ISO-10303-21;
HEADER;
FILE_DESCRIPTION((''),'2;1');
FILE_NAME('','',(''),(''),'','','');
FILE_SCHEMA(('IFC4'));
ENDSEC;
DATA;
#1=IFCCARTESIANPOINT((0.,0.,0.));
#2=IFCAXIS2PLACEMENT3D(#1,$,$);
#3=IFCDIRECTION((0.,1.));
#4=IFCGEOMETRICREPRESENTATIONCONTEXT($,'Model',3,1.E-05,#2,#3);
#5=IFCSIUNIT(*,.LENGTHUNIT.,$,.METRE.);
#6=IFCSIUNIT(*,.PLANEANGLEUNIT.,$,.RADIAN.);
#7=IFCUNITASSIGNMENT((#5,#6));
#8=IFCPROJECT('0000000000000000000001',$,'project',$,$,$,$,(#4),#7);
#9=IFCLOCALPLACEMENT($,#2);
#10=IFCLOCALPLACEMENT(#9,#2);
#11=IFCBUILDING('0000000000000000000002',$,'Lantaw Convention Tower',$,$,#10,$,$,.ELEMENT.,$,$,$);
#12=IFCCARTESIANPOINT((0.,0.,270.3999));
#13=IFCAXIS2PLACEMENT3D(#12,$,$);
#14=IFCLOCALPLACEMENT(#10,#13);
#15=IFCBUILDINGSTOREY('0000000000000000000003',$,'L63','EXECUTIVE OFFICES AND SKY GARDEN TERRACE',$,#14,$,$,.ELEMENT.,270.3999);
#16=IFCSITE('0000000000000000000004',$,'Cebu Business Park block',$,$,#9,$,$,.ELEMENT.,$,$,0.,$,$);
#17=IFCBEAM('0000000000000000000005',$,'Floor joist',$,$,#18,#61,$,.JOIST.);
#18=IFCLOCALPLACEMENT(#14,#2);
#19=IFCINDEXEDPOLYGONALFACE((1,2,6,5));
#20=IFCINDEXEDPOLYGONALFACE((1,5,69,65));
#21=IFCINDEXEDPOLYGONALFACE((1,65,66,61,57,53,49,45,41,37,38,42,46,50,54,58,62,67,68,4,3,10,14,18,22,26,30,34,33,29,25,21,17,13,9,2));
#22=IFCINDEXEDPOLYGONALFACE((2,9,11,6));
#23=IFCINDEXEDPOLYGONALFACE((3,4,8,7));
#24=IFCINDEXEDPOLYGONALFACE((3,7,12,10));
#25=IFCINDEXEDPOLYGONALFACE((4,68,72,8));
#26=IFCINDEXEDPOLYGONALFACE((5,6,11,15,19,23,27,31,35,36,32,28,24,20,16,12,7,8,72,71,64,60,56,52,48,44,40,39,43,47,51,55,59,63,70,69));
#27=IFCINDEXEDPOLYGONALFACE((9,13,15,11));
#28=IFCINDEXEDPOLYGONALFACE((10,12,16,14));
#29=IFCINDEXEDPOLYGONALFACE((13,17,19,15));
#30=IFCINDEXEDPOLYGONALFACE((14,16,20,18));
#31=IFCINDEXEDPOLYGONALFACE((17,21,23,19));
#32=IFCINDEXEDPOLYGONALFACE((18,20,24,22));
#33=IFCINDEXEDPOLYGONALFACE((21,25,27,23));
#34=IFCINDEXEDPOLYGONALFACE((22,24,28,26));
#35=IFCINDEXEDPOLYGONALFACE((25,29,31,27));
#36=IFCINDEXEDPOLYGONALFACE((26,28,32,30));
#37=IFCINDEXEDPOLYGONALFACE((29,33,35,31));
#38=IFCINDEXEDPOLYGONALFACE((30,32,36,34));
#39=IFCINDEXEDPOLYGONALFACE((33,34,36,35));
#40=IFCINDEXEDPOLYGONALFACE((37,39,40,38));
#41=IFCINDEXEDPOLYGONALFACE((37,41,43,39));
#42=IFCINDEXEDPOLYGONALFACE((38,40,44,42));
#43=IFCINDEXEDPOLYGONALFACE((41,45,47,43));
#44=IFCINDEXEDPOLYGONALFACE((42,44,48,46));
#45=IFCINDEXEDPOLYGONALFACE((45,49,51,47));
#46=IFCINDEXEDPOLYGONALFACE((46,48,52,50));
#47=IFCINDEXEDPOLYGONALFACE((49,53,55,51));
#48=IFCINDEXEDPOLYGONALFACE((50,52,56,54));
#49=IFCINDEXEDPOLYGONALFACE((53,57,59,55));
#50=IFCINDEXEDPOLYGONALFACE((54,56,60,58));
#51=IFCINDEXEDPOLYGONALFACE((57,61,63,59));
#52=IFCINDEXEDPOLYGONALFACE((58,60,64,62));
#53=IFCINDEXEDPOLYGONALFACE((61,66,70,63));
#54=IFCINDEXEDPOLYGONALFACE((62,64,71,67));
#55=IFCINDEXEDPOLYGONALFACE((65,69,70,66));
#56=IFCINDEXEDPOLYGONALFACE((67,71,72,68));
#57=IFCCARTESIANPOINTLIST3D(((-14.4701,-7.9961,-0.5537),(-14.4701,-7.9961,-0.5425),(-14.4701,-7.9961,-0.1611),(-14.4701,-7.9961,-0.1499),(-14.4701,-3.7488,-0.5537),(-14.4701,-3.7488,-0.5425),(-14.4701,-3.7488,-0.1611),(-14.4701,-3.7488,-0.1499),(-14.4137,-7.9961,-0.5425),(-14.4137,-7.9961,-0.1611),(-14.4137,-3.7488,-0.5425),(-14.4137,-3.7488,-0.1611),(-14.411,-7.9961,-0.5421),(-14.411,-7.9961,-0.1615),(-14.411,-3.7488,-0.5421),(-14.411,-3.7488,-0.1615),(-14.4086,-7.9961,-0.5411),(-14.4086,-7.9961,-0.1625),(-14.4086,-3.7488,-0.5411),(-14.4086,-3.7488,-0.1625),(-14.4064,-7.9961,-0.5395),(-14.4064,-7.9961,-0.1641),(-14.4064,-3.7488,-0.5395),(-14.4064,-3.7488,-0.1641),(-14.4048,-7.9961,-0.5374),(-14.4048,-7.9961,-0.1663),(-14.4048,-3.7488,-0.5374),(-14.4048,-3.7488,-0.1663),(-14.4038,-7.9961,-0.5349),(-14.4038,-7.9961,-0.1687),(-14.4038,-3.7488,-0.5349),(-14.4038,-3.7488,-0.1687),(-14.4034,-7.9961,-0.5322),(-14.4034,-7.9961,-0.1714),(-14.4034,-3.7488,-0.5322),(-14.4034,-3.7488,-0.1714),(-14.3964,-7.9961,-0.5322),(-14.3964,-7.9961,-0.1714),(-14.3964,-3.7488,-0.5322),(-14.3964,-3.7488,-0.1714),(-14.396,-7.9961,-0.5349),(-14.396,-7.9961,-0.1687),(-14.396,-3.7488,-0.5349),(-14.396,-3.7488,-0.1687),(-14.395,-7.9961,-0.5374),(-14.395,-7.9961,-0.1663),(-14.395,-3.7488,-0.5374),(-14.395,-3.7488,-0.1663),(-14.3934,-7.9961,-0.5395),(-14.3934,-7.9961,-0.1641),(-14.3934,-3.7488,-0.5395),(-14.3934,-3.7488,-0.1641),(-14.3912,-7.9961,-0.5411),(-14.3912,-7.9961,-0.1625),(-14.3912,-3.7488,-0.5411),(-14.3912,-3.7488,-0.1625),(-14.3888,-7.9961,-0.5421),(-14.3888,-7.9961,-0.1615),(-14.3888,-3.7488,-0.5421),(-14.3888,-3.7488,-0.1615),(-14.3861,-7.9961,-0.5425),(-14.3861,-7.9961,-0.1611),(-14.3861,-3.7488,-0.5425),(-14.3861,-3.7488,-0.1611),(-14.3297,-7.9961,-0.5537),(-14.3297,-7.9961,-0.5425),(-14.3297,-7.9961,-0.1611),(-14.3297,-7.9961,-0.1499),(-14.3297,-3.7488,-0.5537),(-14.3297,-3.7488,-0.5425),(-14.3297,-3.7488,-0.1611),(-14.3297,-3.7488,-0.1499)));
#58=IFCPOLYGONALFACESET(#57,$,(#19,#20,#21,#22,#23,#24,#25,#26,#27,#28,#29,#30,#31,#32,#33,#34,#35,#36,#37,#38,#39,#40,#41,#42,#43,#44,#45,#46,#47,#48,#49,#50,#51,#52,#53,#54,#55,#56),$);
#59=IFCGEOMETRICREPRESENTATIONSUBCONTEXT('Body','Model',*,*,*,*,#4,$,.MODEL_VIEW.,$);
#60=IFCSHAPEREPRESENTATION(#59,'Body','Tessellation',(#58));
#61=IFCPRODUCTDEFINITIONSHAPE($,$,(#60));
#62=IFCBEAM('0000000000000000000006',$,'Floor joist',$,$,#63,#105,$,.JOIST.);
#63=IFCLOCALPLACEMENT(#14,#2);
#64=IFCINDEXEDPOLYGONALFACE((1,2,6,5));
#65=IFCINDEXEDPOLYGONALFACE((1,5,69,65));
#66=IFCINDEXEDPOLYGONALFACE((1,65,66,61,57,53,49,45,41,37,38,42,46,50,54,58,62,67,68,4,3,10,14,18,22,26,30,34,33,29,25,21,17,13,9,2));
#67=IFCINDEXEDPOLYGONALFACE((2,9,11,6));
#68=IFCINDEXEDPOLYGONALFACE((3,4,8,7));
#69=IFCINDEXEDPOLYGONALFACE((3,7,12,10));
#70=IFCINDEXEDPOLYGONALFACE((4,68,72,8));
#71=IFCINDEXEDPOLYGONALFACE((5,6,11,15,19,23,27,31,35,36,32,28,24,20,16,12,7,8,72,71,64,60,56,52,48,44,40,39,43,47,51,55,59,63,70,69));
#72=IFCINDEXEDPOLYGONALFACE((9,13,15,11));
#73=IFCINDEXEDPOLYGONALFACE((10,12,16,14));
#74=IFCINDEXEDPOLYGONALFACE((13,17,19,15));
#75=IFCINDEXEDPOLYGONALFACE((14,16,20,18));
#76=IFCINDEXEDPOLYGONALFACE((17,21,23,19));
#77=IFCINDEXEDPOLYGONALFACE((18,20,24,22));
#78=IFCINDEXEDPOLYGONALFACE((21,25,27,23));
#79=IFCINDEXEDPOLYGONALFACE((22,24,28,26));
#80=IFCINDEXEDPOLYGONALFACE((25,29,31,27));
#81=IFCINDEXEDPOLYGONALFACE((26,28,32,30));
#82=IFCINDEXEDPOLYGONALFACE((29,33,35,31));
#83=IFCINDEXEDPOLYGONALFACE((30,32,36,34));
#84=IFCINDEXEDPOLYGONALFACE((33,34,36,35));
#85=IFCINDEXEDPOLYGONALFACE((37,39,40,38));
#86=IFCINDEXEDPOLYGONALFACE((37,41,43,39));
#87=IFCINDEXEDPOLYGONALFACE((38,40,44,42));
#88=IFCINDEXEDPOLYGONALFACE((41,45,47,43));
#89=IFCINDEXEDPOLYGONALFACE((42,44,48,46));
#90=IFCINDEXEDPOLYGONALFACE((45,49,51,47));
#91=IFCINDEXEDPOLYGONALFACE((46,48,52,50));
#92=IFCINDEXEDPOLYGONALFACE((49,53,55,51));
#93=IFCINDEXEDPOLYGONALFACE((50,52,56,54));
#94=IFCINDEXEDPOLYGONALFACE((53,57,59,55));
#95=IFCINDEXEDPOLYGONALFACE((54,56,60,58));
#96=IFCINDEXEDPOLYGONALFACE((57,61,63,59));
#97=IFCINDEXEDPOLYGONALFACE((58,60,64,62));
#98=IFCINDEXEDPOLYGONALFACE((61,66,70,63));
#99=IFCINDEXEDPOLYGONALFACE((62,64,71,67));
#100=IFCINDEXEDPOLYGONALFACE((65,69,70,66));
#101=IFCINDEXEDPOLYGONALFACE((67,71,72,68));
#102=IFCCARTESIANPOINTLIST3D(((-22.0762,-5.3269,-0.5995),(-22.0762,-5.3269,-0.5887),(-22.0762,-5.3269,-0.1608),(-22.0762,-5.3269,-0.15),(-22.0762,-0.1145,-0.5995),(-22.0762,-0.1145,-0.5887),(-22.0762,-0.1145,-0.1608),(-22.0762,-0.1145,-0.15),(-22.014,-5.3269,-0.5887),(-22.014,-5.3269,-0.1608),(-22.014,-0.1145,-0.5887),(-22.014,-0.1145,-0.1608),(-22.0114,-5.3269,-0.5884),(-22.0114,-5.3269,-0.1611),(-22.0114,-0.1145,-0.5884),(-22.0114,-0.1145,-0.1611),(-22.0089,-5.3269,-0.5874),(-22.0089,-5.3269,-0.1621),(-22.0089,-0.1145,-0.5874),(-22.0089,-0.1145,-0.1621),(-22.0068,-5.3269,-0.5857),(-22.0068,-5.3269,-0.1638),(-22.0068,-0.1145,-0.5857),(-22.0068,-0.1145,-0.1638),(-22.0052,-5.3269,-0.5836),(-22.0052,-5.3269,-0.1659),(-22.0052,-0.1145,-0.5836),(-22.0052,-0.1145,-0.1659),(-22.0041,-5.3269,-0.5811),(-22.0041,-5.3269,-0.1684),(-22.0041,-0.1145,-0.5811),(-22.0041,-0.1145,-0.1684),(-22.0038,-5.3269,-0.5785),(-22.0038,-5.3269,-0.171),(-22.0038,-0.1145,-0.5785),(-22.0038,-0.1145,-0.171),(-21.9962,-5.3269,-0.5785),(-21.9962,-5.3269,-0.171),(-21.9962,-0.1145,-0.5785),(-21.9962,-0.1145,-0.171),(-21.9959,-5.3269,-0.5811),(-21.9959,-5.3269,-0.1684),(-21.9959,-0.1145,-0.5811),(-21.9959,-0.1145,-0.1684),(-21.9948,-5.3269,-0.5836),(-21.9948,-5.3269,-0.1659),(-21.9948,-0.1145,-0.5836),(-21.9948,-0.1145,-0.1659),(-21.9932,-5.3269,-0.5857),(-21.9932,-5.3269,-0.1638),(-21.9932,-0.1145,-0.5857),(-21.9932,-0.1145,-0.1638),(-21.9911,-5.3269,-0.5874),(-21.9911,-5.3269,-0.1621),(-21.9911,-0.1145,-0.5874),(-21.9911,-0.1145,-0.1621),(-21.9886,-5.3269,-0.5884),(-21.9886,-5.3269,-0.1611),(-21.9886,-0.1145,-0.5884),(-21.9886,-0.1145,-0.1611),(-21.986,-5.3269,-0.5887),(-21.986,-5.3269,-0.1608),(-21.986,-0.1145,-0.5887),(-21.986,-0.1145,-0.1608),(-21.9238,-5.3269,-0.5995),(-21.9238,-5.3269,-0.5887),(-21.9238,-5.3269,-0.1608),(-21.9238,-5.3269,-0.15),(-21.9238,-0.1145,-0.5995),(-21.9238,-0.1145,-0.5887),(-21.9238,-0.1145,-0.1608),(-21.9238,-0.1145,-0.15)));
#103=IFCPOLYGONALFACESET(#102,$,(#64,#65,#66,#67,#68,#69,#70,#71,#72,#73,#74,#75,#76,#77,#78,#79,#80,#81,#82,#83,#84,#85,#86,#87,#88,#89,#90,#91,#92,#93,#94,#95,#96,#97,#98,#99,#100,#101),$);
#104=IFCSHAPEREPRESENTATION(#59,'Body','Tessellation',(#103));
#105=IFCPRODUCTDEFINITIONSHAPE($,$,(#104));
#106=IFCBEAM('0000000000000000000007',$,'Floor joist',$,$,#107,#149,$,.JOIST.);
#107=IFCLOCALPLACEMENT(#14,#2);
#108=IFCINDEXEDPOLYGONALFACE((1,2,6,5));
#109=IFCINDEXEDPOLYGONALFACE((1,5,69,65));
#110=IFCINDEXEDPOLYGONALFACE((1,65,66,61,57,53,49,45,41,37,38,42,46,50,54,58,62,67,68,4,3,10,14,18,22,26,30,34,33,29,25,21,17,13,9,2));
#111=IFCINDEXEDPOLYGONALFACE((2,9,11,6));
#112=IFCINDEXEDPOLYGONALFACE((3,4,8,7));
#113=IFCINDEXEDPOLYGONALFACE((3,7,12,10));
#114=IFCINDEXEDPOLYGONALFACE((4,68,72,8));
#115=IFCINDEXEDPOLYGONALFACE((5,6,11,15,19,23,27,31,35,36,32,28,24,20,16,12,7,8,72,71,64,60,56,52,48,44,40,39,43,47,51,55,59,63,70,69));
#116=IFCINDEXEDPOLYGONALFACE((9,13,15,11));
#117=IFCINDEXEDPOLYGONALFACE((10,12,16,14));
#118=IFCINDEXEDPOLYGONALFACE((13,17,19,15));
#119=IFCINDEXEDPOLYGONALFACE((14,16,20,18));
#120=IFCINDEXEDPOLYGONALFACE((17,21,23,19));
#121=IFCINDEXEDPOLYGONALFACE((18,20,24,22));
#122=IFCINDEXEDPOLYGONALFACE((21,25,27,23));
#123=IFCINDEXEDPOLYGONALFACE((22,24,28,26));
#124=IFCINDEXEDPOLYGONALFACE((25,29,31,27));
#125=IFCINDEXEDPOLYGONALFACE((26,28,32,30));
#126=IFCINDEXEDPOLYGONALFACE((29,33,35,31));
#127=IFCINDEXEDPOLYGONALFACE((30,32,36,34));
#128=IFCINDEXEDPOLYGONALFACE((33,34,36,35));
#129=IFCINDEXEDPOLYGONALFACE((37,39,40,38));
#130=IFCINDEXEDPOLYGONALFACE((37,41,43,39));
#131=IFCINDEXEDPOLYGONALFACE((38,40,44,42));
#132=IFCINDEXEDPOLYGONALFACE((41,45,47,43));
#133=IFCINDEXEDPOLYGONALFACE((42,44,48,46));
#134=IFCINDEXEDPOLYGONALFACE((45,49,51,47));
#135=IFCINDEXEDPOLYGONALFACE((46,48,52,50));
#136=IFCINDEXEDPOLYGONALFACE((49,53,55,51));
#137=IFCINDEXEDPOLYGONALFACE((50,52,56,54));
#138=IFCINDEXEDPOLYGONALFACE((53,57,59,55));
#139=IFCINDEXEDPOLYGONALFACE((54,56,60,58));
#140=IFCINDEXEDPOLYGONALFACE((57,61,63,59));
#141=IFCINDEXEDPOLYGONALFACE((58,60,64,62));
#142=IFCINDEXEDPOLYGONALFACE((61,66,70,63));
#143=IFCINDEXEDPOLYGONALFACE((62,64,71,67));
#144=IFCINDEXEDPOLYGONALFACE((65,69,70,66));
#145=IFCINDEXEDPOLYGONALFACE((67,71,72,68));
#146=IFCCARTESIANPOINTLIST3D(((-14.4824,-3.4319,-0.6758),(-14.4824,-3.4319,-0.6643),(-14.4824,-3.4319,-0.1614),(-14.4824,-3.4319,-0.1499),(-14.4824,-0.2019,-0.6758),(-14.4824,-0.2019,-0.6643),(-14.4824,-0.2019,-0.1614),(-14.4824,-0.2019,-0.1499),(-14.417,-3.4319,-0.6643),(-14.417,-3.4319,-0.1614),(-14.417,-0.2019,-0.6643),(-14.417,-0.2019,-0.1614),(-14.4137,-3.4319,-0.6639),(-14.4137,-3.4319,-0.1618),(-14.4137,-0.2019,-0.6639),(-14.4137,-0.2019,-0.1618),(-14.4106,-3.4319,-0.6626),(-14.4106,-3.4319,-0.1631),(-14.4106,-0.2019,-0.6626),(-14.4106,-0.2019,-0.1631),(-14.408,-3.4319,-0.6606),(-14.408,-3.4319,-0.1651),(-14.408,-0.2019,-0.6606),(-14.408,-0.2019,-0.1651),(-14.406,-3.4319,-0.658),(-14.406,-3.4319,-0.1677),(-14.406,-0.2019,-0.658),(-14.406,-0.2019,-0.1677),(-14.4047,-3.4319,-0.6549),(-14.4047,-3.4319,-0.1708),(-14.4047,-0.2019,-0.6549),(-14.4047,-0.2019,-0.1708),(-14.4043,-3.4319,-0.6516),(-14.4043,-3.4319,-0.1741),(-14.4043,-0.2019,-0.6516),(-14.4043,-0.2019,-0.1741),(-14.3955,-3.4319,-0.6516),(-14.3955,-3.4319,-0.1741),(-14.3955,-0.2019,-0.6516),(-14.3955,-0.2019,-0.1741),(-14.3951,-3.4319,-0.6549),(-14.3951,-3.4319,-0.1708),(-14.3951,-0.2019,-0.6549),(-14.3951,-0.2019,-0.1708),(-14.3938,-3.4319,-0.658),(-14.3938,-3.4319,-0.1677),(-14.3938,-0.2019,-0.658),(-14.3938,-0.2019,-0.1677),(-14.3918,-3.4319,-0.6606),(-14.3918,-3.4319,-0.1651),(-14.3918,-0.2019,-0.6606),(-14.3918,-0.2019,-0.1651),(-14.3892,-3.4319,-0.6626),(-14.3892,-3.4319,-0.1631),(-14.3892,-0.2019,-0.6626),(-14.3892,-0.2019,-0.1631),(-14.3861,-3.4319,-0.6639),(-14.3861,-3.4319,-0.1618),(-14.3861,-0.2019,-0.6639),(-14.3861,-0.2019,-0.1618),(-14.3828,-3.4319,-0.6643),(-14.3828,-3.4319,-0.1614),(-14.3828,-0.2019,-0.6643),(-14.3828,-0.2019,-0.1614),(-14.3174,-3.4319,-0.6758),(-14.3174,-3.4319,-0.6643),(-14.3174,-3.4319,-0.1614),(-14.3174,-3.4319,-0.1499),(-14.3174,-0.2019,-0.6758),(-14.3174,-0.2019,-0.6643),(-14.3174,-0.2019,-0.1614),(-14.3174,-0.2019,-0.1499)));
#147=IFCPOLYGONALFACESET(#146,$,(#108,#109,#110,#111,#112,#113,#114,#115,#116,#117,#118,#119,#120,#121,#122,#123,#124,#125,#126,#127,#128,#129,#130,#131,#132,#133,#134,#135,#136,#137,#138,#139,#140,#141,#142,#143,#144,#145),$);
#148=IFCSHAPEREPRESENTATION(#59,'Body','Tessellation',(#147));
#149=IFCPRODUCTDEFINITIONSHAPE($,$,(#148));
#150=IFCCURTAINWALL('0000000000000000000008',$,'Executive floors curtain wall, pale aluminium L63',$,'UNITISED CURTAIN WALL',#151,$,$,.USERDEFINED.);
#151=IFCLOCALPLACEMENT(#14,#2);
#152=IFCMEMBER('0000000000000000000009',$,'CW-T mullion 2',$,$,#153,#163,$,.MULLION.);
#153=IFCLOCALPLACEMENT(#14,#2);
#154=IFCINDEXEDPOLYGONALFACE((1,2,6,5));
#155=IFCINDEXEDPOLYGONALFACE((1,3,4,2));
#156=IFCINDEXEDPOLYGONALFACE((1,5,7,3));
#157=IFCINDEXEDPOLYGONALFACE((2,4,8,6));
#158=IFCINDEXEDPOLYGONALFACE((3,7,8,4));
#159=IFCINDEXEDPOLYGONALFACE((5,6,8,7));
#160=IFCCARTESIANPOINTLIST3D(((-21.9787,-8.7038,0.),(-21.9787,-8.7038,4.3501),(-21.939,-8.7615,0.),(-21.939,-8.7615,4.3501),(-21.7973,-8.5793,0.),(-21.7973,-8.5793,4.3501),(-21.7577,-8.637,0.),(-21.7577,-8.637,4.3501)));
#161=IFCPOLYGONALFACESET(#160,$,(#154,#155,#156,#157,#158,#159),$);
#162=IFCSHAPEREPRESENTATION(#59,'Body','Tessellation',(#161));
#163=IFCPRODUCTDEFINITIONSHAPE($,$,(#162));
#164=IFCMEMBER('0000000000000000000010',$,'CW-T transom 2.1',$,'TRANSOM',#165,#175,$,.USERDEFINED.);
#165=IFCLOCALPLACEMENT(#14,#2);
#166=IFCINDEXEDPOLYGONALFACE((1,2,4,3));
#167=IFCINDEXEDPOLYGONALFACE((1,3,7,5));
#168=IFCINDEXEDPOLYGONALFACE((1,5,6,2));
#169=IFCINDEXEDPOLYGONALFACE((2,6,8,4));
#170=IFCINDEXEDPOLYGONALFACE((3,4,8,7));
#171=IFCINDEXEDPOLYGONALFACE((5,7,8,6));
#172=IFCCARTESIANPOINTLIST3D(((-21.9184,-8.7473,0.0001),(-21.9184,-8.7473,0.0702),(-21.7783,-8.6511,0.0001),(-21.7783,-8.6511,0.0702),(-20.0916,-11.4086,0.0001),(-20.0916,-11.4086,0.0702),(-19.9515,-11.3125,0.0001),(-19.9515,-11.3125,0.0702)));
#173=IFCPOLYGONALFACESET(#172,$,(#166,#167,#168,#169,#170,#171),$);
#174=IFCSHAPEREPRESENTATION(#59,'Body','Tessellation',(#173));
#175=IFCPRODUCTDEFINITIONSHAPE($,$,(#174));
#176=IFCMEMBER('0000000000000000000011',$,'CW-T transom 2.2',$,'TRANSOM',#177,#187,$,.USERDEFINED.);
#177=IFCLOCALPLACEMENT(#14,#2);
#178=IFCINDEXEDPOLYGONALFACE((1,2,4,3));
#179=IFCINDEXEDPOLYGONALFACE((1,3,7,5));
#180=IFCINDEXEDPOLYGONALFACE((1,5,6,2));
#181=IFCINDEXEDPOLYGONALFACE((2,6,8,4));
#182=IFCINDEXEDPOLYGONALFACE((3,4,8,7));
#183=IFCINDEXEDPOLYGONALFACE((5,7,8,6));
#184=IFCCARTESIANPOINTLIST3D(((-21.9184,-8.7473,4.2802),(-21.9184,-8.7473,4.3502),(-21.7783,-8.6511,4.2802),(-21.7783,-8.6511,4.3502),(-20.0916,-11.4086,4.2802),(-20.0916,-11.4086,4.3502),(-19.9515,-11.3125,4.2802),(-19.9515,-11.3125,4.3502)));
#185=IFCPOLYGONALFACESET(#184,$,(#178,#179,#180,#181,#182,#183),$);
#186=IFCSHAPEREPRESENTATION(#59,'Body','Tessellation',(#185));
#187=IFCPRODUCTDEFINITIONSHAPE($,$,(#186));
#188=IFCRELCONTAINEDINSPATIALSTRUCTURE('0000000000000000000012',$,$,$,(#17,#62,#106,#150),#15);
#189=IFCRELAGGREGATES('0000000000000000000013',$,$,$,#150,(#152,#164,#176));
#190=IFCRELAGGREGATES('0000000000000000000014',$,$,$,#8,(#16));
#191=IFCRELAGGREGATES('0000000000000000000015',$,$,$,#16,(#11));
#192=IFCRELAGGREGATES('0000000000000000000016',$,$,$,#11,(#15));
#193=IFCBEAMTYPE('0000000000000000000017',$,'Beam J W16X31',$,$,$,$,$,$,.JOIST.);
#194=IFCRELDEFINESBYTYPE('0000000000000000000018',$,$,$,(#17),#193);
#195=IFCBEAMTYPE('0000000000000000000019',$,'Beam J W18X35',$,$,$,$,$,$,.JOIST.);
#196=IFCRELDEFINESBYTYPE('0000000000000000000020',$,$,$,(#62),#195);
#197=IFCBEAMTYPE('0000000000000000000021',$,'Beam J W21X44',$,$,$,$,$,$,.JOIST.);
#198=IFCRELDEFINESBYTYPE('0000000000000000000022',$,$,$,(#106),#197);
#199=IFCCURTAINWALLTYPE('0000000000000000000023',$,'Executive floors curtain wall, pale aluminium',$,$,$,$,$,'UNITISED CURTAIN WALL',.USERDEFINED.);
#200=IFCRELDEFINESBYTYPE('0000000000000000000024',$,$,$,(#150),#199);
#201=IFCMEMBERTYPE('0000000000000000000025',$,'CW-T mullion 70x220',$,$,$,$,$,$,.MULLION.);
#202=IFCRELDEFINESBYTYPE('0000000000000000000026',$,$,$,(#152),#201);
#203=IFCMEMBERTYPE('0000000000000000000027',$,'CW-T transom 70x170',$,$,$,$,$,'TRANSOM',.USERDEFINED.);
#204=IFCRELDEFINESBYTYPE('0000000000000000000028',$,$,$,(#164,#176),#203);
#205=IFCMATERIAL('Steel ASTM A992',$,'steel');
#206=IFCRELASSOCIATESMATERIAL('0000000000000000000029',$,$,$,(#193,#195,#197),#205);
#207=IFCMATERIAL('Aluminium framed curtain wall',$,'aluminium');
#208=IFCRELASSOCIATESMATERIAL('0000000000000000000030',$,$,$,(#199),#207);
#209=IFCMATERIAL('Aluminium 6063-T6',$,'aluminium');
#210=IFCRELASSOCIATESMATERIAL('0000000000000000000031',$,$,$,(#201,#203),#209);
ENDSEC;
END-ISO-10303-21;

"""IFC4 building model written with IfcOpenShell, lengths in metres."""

from ifc_helpers import new_model, si_unit, direction, frame, origin, origin_2d, place, context, subcontext, project, spatial, rectangle, i_section, extrude, material, material_profile, profile_set, type_object, element, aggregate, save


model = new_model("IFC4")

# Units and contexts
model_context = context("Model", 3, precision=1e-05, world=origin(), true_north=direction((0.0, 1.0)))
body_context = subcontext(model_context, "Body", "Model", "MODEL_VIEW")
ifc_project = project(units=[si_unit("LENGTHUNIT", "METRE"), si_unit("PLANEANGLEUNIT", "RADIAN")], contexts=[model_context])

# Site, building, storey
site_placement = place(None, origin())
site = spatial("IfcSite", under=ifc_project, at=site_placement, Name="Cebu Business Park block", CompositionType="ELEMENT", RefElevation=0.0)
building_placement = place(site_placement, origin())
building = spatial("IfcBuilding", under=site, at=building_placement, Name="Lantaw Convention Tower", CompositionType="ELEMENT")
storey_placement = place(building_placement, frame((0.0, 0.0, 270.3999)))
storey = spatial("IfcBuildingStorey", under=building, at=storey_placement, Name="L63", Description="EXECUTIVE OFFICES AND SKY GARDEN TERRACE", CompositionType="ELEMENT", Elevation=270.3999)

# Beams
ifc_material_1 = material(Name="Steel ASTM A992", Category="steel")
ifc_material_profile_1 = material_profile(ifc_material_1, i_section(OverallWidth=0.1404, OverallDepth=0.4038, WebThickness=0.0071, FlangeThickness=0.0112, FilletRadius=0.0103, at=origin_2d()), Name="W16X31")
ifc_profile_set_1 = profile_set([ifc_material_profile_1], Name="Steel ASTM A992")
beam_type_1 = type_object("IfcBeamType", Name="Beam J W16X31", PredefinedType="JOIST", material=ifc_profile_set_1)
beam_1_placement = place(storey_placement, frame((-14.3999, -7.9961, -0.3518), z_axis=(0.0, 1.0, 0.0), x_axis=(-1.0, 0.0, 0.0)))
element("IfcBeam", 1, at=beam_1_placement, inside=storey, type_object=beam_type_1, Name="Floor joist", PredefinedType="JOIST", context=body_context, shape_type="SweptSolid", body=[
    extrude(i_section(OverallWidth=0.1404, OverallDepth=0.4038, WebThickness=0.0071, FlangeThickness=0.0112, FilletRadius=0.0103, at=origin_2d()), origin(), (0.0, 0.0, 1.0), 4.2473),
])
ifc_material_profile_2 = material_profile(ifc_material_1, i_section(OverallWidth=0.1523, OverallDepth=0.4495, WebThickness=0.0076, FlangeThickness=0.0107, FilletRadius=0.0103, at=origin_2d()), Name="W18X35")
ifc_profile_set_2 = profile_set([ifc_material_profile_2], Name="Steel ASTM A992")
beam_type_2 = type_object("IfcBeamType", Name="Beam J W18X35", PredefinedType="JOIST", material=ifc_profile_set_2)
beam_2_placement = place(storey_placement, frame((-22.0, -5.3269, -0.3748), z_axis=(0.0, 1.0, 0.0), x_axis=(-1.0, 0.0, 0.0)))
element("IfcBeam", 2, at=beam_2_placement, inside=storey, type_object=beam_type_2, Name="Floor joist", PredefinedType="JOIST", context=body_context, shape_type="SweptSolid", body=[
    extrude(i_section(OverallWidth=0.1523, OverallDepth=0.4495, WebThickness=0.0076, FlangeThickness=0.0107, FilletRadius=0.0103, at=origin_2d()), origin(), (0.0, 0.0, 1.0), 5.2124),
])
ifc_material_profile_3 = material_profile(ifc_material_1, i_section(OverallWidth=0.165, OverallDepth=0.5259, WebThickness=0.0088, FlangeThickness=0.0115, FilletRadius=0.0127, at=origin_2d()), Name="W21X44")
ifc_profile_set_3 = profile_set([ifc_material_profile_3], Name="Steel ASTM A992")
beam_type_3 = type_object("IfcBeamType", Name="Beam J W21X44", PredefinedType="JOIST", material=ifc_profile_set_3)
beam_3_placement = place(storey_placement, frame((-14.3999, -3.4319, -0.4128), z_axis=(0.0, 1.0, 0.0), x_axis=(-1.0, 0.0, 0.0)))
element("IfcBeam", 3, at=beam_3_placement, inside=storey, type_object=beam_type_3, Name="Floor joist", PredefinedType="JOIST", context=body_context, shape_type="SweptSolid", body=[
    extrude(i_section(OverallWidth=0.165, OverallDepth=0.5259, WebThickness=0.0088, FlangeThickness=0.0115, FilletRadius=0.0127, at=origin_2d()), origin(), (0.0, 0.0, 1.0), 3.23),
])

# Curtain wall, members
ifc_material_2 = material(Name="Aluminium framed curtain wall", Category="aluminium")
curtain_wall_type = type_object("IfcCurtainWallType", Name="Executive floors curtain wall, pale aluminium", ElementType="UNITISED CURTAIN WALL", PredefinedType="USERDEFINED", material=ifc_material_2)
curtain_wall_placement = place(storey_placement, origin())
curtain_wall = element("IfcCurtainWall", 4, at=curtain_wall_placement, inside=storey, type_object=curtain_wall_type, Name="Executive floors curtain wall, pale aluminium L63", ObjectType="UNITISED CURTAIN WALL", PredefinedType="USERDEFINED")
ifc_material_3 = material(Name="Aluminium 6063-T6", Category="aluminium")
ifc_material_profile_4 = material_profile(ifc_material_3, rectangle(XDim=0.22, YDim=0.0701, at=origin_2d()), Name="CW-T mullion 70x220")
ifc_profile_set_4 = profile_set([ifc_material_profile_4], Name="Aluminium 6063-T6")
member_type_1 = type_object("IfcMemberType", Name="CW-T mullion 70x220", PredefinedType="MULLION", material=ifc_profile_set_4)
member_1_placement = place(storey_placement, frame((-21.8682, -8.6704, 0.0), z_axis=(0.0, 0.0, 1.0), x_axis=(0.82445, 0.565935, 0.0)))
member_1 = element("IfcMember", 5, at=member_1_placement, type_object=member_type_1, Name="CW-T mullion 2", PredefinedType="MULLION", context=body_context, shape_type="SweptSolid", body=[
    extrude(rectangle(XDim=0.22, YDim=0.0701, at=origin_2d()), origin(), (0.0, 0.0, 1.0), 4.3501),
])
ifc_material_profile_5 = material_profile(ifc_material_3, rectangle(XDim=0.1699, YDim=0.0701, at=origin_2d()), Name="CW-T transom 70x170")
ifc_profile_set_5 = profile_set([ifc_material_profile_5], Name="Aluminium 6063-T6")
member_type_2 = type_object("IfcMemberType", Name="CW-T transom 70x170", ElementType="TRANSOM", PredefinedType="USERDEFINED", material=ifc_profile_set_5)
member_2_placement = place(storey_placement, frame((-21.8484, -8.6992, 0.0352), z_axis=(0.565941, -0.824446, 0.0), x_axis=(0.824446, 0.565941, 0.0)))
member_2 = element("IfcMember", 6, at=member_2_placement, type_object=member_type_2, Name="CW-T transom 2.1", ObjectType="TRANSOM", PredefinedType="USERDEFINED", context=body_context, shape_type="SweptSolid", body=[
    extrude(rectangle(XDim=0.1699, YDim=0.0701, at=origin_2d()), origin(), (0.0, 0.0, 1.0), 3.228),
])
member_3_placement = place(storey_placement, frame((-21.8484, -8.6992, 4.3152), z_axis=(0.565941, -0.824446, 0.0), x_axis=(0.824446, 0.565941, 0.0)))
member_3 = element("IfcMember", 7, at=member_3_placement, type_object=member_type_2, Name="CW-T transom 2.2", ObjectType="TRANSOM", PredefinedType="USERDEFINED", context=body_context, shape_type="SweptSolid", body=[
    extrude(rectangle(XDim=0.1699, YDim=0.0701, at=origin_2d()), origin(), (0.0, 0.0, 1.0), 3.228),
])
aggregate(curtain_wall, [member_1, member_2, member_3])

save(model, "model.ifc")
